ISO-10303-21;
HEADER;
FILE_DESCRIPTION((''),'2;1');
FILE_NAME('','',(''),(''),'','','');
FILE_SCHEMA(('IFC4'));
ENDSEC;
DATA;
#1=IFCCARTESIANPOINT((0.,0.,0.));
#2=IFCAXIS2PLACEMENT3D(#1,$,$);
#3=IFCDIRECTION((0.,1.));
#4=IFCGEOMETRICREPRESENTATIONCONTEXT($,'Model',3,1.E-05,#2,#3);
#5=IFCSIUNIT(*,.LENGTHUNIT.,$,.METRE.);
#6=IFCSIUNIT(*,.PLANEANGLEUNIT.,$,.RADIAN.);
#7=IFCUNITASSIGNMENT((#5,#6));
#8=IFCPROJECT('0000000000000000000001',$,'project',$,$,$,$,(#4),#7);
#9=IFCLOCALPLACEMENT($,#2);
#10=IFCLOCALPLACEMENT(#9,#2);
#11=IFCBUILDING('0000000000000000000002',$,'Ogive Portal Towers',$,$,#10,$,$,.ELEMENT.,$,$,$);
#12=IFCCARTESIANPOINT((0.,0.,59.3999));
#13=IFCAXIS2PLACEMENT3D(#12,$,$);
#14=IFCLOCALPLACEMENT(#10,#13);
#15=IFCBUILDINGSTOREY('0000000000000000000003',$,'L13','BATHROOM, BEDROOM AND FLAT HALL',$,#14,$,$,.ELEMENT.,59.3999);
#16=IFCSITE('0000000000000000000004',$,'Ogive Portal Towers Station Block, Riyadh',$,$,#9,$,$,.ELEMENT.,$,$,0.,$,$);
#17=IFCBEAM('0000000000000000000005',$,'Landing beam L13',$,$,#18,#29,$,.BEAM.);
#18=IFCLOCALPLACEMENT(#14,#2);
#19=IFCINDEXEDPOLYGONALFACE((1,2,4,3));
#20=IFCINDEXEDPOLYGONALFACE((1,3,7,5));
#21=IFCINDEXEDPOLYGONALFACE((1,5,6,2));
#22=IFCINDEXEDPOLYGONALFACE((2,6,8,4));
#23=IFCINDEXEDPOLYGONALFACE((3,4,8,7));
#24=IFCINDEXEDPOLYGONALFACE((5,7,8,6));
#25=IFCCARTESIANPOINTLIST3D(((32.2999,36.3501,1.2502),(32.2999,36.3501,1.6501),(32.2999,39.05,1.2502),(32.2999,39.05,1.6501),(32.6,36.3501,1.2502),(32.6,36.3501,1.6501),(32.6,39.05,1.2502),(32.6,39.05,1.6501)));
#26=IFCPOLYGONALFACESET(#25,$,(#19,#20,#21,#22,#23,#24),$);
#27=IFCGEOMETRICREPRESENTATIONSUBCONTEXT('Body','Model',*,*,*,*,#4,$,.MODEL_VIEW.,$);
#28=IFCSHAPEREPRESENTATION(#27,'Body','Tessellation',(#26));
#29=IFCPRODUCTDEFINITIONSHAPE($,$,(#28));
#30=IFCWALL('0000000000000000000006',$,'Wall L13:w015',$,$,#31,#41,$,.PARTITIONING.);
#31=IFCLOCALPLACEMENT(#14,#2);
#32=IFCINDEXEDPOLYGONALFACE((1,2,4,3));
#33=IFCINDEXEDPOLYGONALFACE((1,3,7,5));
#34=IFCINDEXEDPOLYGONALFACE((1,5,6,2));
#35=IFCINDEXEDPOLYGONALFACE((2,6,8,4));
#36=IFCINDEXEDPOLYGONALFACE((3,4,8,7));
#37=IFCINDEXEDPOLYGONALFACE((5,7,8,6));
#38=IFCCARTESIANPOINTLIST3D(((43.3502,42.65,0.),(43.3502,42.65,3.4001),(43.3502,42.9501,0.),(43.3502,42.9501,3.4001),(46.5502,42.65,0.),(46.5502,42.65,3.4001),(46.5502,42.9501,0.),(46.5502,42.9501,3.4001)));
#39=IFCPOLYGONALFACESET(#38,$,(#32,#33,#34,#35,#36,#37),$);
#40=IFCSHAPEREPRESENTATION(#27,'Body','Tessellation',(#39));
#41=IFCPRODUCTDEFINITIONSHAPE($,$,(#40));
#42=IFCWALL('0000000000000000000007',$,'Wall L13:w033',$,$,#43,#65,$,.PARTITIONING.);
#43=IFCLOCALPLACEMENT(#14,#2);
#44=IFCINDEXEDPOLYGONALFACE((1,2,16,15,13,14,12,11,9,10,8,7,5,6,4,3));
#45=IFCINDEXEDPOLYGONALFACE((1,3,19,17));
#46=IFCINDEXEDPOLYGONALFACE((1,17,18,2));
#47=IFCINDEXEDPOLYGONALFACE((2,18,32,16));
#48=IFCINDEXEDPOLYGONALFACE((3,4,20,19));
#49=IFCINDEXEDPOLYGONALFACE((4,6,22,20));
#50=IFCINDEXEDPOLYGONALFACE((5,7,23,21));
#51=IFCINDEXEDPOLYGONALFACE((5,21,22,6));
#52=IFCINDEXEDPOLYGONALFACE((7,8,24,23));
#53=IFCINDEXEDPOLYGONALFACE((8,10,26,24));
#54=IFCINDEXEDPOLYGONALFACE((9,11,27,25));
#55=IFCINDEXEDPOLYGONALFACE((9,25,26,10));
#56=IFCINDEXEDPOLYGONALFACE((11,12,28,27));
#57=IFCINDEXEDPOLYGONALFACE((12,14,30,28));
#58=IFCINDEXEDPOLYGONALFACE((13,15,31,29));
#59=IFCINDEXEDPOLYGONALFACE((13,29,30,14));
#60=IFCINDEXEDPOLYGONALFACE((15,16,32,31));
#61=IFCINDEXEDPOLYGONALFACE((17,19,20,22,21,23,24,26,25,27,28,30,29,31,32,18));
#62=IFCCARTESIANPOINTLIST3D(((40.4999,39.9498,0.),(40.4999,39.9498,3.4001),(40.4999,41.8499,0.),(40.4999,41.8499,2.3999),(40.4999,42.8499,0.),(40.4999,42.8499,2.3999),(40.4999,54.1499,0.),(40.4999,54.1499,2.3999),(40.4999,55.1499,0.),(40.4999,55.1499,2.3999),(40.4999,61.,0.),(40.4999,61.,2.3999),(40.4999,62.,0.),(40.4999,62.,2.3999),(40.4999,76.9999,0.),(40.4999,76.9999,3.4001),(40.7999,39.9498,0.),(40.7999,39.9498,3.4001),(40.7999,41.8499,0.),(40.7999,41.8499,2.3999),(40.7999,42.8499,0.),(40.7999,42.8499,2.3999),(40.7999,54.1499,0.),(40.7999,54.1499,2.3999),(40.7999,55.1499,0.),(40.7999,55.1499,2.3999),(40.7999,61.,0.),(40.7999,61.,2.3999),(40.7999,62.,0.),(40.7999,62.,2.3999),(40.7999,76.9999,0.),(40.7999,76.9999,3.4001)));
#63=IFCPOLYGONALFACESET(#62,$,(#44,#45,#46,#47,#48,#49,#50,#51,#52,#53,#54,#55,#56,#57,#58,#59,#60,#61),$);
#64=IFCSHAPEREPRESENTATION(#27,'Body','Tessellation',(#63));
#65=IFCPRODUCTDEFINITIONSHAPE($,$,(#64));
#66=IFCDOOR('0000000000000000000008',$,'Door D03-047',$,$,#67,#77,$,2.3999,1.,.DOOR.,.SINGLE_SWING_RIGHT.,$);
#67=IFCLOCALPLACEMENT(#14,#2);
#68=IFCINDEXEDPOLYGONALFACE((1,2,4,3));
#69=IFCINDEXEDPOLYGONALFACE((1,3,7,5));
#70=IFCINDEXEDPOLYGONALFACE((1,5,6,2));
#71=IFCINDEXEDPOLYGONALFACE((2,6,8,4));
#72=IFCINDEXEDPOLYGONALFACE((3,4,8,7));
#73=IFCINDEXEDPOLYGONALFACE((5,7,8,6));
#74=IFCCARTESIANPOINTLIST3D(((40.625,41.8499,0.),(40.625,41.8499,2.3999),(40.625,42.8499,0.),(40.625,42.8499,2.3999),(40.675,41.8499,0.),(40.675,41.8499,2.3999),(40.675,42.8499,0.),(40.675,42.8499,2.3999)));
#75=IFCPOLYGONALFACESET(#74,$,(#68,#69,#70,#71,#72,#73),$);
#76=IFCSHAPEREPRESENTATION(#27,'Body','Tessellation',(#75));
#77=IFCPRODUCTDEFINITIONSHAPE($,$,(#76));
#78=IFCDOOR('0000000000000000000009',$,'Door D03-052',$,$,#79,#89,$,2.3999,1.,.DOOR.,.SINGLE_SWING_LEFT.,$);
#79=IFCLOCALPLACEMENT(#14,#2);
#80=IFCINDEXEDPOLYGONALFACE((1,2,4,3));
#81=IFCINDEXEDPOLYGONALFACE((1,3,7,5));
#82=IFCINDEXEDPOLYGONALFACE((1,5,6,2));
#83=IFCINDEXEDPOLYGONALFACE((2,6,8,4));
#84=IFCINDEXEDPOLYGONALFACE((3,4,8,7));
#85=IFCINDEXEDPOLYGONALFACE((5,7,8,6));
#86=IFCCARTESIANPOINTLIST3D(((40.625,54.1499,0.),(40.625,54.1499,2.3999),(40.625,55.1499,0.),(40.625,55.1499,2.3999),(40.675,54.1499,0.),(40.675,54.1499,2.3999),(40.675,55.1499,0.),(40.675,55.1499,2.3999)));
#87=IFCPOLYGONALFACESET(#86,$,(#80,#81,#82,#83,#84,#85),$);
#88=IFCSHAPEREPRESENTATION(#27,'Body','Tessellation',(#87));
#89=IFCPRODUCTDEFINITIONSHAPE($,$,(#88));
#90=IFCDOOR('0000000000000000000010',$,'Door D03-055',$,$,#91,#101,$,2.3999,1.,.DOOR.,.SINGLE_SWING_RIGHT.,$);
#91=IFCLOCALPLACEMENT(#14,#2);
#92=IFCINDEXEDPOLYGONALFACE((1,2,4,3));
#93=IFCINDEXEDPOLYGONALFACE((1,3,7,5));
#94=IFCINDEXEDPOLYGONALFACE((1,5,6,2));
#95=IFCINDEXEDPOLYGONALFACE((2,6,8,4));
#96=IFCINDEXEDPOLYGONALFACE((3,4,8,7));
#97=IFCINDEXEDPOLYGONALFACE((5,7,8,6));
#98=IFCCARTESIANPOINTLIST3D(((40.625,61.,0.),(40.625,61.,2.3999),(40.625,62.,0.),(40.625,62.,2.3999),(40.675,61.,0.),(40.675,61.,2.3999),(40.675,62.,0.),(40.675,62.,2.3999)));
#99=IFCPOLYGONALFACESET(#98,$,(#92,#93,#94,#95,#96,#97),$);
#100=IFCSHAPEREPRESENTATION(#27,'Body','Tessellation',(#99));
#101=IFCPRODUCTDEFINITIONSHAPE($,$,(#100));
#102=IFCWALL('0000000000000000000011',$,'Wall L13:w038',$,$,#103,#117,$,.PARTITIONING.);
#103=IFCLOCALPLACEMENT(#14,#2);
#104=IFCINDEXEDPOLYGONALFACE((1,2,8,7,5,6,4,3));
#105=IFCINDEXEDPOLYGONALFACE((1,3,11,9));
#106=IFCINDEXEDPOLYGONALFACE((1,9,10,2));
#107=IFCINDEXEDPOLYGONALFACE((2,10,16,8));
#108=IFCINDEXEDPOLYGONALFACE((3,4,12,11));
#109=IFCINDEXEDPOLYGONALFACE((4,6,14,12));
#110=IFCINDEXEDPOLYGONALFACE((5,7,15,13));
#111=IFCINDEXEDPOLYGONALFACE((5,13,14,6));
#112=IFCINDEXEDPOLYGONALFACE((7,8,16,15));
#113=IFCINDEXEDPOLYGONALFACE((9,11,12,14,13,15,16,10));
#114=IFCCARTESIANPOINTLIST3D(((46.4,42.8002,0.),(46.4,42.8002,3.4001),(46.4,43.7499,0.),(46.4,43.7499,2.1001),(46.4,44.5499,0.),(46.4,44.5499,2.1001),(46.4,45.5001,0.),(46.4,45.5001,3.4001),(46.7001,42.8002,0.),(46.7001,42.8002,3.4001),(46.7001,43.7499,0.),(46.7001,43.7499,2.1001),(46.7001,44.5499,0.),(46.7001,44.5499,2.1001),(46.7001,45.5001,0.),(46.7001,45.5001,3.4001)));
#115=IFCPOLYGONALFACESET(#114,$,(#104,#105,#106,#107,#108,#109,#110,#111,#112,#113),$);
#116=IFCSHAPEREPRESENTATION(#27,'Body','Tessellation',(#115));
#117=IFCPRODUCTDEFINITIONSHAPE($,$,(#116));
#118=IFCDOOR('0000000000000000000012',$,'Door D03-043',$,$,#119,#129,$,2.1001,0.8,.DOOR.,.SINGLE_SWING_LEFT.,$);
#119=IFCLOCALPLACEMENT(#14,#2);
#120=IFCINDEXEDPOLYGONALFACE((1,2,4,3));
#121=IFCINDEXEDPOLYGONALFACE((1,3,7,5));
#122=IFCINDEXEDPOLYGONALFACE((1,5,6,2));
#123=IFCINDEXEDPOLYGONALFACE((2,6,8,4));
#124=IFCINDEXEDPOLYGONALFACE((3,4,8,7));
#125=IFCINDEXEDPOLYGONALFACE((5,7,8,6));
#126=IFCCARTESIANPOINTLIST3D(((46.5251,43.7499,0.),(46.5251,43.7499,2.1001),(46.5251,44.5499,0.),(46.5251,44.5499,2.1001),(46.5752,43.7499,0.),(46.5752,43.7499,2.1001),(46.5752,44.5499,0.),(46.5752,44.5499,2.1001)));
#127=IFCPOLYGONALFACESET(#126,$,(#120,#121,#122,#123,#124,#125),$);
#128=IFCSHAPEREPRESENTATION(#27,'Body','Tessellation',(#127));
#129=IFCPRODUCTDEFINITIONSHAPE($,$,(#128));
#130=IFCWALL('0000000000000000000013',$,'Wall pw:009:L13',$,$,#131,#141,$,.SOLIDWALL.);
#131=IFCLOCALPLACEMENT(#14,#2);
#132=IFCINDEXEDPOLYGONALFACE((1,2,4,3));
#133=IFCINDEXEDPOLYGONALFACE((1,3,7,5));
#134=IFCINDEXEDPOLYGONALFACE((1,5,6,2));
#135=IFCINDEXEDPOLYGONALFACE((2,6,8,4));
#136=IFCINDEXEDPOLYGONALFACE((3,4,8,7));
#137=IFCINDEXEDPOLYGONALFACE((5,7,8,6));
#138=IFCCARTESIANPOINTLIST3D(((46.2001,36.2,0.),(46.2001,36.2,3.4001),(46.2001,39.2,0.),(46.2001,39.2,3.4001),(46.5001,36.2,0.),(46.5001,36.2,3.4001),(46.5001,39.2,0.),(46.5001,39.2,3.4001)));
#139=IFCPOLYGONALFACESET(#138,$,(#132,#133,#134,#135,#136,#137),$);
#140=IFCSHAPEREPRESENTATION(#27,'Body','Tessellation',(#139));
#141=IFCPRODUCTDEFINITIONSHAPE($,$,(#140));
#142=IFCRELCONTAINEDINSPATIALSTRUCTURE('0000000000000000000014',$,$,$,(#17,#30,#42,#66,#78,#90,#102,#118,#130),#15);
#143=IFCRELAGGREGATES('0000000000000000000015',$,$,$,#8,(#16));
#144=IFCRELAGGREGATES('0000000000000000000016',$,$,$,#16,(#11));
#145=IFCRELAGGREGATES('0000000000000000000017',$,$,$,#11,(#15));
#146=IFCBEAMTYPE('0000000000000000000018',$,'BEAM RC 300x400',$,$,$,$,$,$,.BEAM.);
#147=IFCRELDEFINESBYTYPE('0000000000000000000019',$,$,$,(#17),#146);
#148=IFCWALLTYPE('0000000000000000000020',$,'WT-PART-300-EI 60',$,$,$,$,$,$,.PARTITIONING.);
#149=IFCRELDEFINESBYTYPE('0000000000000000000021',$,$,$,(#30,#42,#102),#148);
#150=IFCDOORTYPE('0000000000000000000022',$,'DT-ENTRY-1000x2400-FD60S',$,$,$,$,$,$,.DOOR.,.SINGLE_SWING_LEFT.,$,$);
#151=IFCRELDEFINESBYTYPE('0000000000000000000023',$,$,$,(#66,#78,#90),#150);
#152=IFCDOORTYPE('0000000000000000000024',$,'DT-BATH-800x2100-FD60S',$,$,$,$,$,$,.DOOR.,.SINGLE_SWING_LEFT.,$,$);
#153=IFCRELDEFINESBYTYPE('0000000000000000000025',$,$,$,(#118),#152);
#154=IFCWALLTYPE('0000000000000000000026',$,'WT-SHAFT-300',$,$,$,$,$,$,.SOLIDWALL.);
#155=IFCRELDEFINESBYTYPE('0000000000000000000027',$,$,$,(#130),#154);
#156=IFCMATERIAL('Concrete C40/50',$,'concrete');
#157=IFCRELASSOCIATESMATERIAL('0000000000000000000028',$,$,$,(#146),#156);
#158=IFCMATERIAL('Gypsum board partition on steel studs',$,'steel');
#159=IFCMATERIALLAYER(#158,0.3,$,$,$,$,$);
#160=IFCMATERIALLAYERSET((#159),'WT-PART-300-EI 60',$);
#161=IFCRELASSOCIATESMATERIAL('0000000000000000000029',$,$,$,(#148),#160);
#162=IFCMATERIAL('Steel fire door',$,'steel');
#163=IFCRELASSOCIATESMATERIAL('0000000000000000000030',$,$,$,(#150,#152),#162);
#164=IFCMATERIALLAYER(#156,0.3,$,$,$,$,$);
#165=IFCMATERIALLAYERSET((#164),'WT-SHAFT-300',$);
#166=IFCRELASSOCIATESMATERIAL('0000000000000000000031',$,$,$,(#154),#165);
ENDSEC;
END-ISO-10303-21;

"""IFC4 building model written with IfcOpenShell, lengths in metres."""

from ifc_helpers import new_model, si_unit, direction, frame, frame_2d, origin, origin_2d, place, context, subcontext, project, spatial, rectangle, extrude, material, layer, layer_set, material_profile, profile_set, type_object, element, fill, save


model = new_model("IFC4")

# Units and contexts
model_context = context("Model", 3, precision=1e-05, world=origin(), true_north=direction((0.0, 1.0)))
body_context = subcontext(model_context, "Body", "Model", "MODEL_VIEW")
ifc_project = project(units=[si_unit("LENGTHUNIT", "METRE"), si_unit("PLANEANGLEUNIT", "RADIAN")], contexts=[model_context])

# Site, building, storey
site_placement = place(None, origin())
site = spatial("IfcSite", under=ifc_project, at=site_placement, Name="Ogive Portal Towers Station Block, Riyadh", CompositionType="ELEMENT", RefElevation=0.0)
building_placement = place(site_placement, origin())
building = spatial("IfcBuilding", under=site, at=building_placement, Name="Ogive Portal Towers", CompositionType="ELEMENT")
storey_placement = place(building_placement, frame((0.0, 0.0, 59.3999)))
storey = spatial("IfcBuildingStorey", under=building, at=storey_placement, Name="L13", Description="BATHROOM, BEDROOM AND FLAT HALL", CompositionType="ELEMENT", Elevation=59.3999)

# Beam
ifc_material_1 = material(Name="Concrete C40/50", Category="concrete")
ifc_material_profile = material_profile(ifc_material_1, rectangle(XDim=0.3, YDim=0.3999, at=origin_2d()), Name="RC 300x400")
ifc_profile_set = profile_set([ifc_material_profile], Name="Concrete C40/50")
beam_type = type_object("IfcBeamType", Name="BEAM RC 300x400", PredefinedType="BEAM", material=ifc_profile_set)
beam_placement = place(storey_placement, frame((32.45, 36.3501, 1.4502), z_axis=(0.0, 1.0, 0.0), x_axis=(-1.0, 0.0, 0.0)))
element("IfcBeam", 1, at=beam_placement, inside=storey, type_object=beam_type, Name="Landing beam L13", PredefinedType="BEAM", context=body_context, shape_type="SweptSolid", body=[
    extrude(rectangle(XDim=0.3, YDim=0.3999, at=origin_2d()), origin(), (0.0, 0.0, 1.0), 2.7),
])

# Shared definitions
ifc_material_2 = material(Name="Steel fire door", Category="steel")

# Wall
ifc_material_3 = material(Name="Gypsum board partition on steel studs", Category="steel")
ifc_layer_1 = layer(ifc_material_3, 0.3)
ifc_layer_set_1 = layer_set([ifc_layer_1], Name="WT-PART-300-EI 60")
wall_type_1 = type_object("IfcWallType", Name="WT-PART-300-EI 60", PredefinedType="PARTITIONING", material=ifc_layer_set_1)
wall_1_placement = place(storey_placement, frame((43.3501, 42.8, 0.0), z_axis=(0.0, 0.0, 1.0), x_axis=(1.0, 0.0, 0.0)))
element("IfcWall", 2, at=wall_1_placement, inside=storey, type_object=wall_type_1, Name="Wall L13:w015", PredefinedType="PARTITIONING", context=body_context, shape_type="SweptSolid", body=[
    extrude(rectangle(XDim=3.2, YDim=0.3, at=frame_2d((1.6001, 0.0))), origin(), (0.0, 0.0, 1.0), 3.4001),
])

# Wall, openings, doors
wall_2_placement = place(storey_placement, frame((40.6499, 39.95, 0.0), z_axis=(0.0, 0.0, 1.0), x_axis=(0.0, 1.0, 0.0)))
wall_2 = element("IfcWall", 3, at=wall_2_placement, inside=storey, type_object=wall_type_1, Name="Wall L13:w033", PredefinedType="PARTITIONING", context=body_context, shape_type="SweptSolid", body=[
    extrude(rectangle(XDim=37.05, YDim=0.3, at=frame_2d((18.5249, 0.0))), origin(), (0.0, 0.0, 1.0), 3.4001),
])
opening_1_placement = place(wall_2_placement, frame((1.8999, 0.0, 0.0)))
opening_1 = element("IfcOpeningElement", 4, at=opening_1_placement, cuts=wall_2, PredefinedType="OPENING", context=body_context, shape_type="SweptSolid", body=[
    extrude(rectangle(XDim=1.0, YDim=2.3999, at=frame_2d((0.5, 1.2))), frame((0.0, 0.1602, 0.0), z_axis=(0.0, -1.0, 0.0), x_axis=(1.0, 0.0, 0.0)), (0.0, 0.0, 1.0), 0.3201),
])
opening_2_placement = place(wall_2_placement, frame((14.2, 0.0, 0.0)))
opening_2 = element("IfcOpeningElement", 5, at=opening_2_placement, cuts=wall_2, PredefinedType="OPENING", context=body_context, shape_type="SweptSolid", body=[
    extrude(rectangle(XDim=1.0, YDim=2.3999, at=frame_2d((0.5, 1.2))), frame((0.0, 0.1602, 0.0), z_axis=(0.0, -1.0, 0.0), x_axis=(1.0, 0.0, 0.0)), (0.0, 0.0, 1.0), 0.3201),
])
opening_3_placement = place(wall_2_placement, frame((21.05, 0.0, 0.0)))
opening_3 = element("IfcOpeningElement", 6, at=opening_3_placement, cuts=wall_2, PredefinedType="OPENING", context=body_context, shape_type="SweptSolid", body=[
    extrude(rectangle(XDim=1.0, YDim=2.3999, at=frame_2d((0.5, 1.2))), frame((0.0, 0.1602, 0.0), z_axis=(0.0, -1.0, 0.0), x_axis=(1.0, 0.0, 0.0)), (0.0, 0.0, 1.0), 0.3201),
])
door_type_1 = type_object("IfcDoorType", Name="DT-ENTRY-1000x2400-FD60S", OperationType="SINGLE_SWING_LEFT", PredefinedType="DOOR", material=ifc_material_2)
door_1_placement = place(opening_1_placement, origin())
door_1 = element("IfcDoor", 7, at=door_1_placement, inside=storey, type_object=door_type_1, Name="Door D03-047", OperationType="SINGLE_SWING_RIGHT", OverallHeight=2.3999, OverallWidth=1.0, PredefinedType="DOOR", context=body_context, shape_type="SweptSolid", body=[
    extrude(rectangle(XDim=1.0, YDim=2.3999, at=frame_2d((0.5, 1.2))), frame((0.0, 0.0249, 0.0), z_axis=(0.0, -1.0, 0.0), x_axis=(1.0, 0.0, 0.0)), (0.0, 0.0, 1.0), 0.05),
])
fill(opening_1, door_1)
door_2_placement = place(opening_2_placement, origin())
door_2 = element("IfcDoor", 8, at=door_2_placement, inside=storey, type_object=door_type_1, Name="Door D03-052", OperationType="SINGLE_SWING_LEFT", OverallHeight=2.3999, OverallWidth=1.0, PredefinedType="DOOR", context=body_context, shape_type="SweptSolid", body=[
    extrude(rectangle(XDim=1.0, YDim=2.3999, at=frame_2d((0.5, 1.2))), frame((0.0, 0.0249, 0.0), z_axis=(0.0, -1.0, 0.0), x_axis=(1.0, 0.0, 0.0)), (0.0, 0.0, 1.0), 0.05),
])
fill(opening_2, door_2)
door_3_placement = place(opening_3_placement, origin())
door_3 = element("IfcDoor", 9, at=door_3_placement, inside=storey, type_object=door_type_1, Name="Door D03-055", OperationType="SINGLE_SWING_RIGHT", OverallHeight=2.3999, OverallWidth=1.0, PredefinedType="DOOR", context=body_context, shape_type="SweptSolid", body=[
    extrude(rectangle(XDim=1.0, YDim=2.3999, at=frame_2d((0.5, 1.2))), frame((0.0, 0.0249, 0.0), z_axis=(0.0, -1.0, 0.0), x_axis=(1.0, 0.0, 0.0)), (0.0, 0.0, 1.0), 0.05),
])
fill(opening_3, door_3)

# Wall, opening, door
wall_3_placement = place(storey_placement, frame((46.55, 42.8, 0.0), z_axis=(0.0, 0.0, 1.0), x_axis=(0.0, 1.0, 0.0)))
wall_3 = element("IfcWall", 10, at=wall_3_placement, inside=storey, type_object=wall_type_1, Name="Wall L13:w038", PredefinedType="PARTITIONING", context=body_context, shape_type="SweptSolid", body=[
    extrude(rectangle(XDim=2.7, YDim=0.3, at=frame_2d((1.3501, 0.0))), origin(), (0.0, 0.0, 1.0), 3.4001),
])
opening_4_placement = place(wall_3_placement, frame((0.95, 0.0, 0.0)))
opening_4 = element("IfcOpeningElement", 11, at=opening_4_placement, cuts=wall_3, PredefinedType="OPENING", context=body_context, shape_type="SweptSolid", body=[
    extrude(rectangle(XDim=0.8, YDim=2.1001, at=frame_2d((0.3999, 1.05))), frame((0.0, 0.1602, 0.0), z_axis=(0.0, -1.0, 0.0), x_axis=(1.0, 0.0, 0.0)), (0.0, 0.0, 1.0), 0.3201),
])
door_type_2 = type_object("IfcDoorType", Name="DT-BATH-800x2100-FD60S", OperationType="SINGLE_SWING_LEFT", PredefinedType="DOOR", material=ifc_material_2)
door_4_placement = place(opening_4_placement, origin())
door_4 = element("IfcDoor", 12, at=door_4_placement, inside=storey, type_object=door_type_2, Name="Door D03-043", OperationType="SINGLE_SWING_LEFT", OverallHeight=2.1001, OverallWidth=0.8, PredefinedType="DOOR", context=body_context, shape_type="SweptSolid", body=[
    extrude(rectangle(XDim=0.8, YDim=2.1001, at=frame_2d((0.3999, 1.05))), frame((0.0, 0.0249, 0.0), z_axis=(0.0, -1.0, 0.0), x_axis=(1.0, 0.0, 0.0)), (0.0, 0.0, 1.0), 0.05),
])
fill(opening_4, door_4)

# Wall
ifc_layer_2 = layer(ifc_material_1, 0.3)
ifc_layer_set_2 = layer_set([ifc_layer_2], Name="WT-SHAFT-300")
wall_type_2 = type_object("IfcWallType", Name="WT-SHAFT-300", PredefinedType="SOLIDWALL", material=ifc_layer_set_2)
wall_4_placement = place(storey_placement, frame((46.3501, 36.2, 0.0), z_axis=(0.0, 0.0, 1.0), x_axis=(0.0, 1.0, 0.0)))
element("IfcWall", 13, at=wall_4_placement, inside=storey, type_object=wall_type_2, Name="Wall pw:009:L13", PredefinedType="SOLIDWALL", context=body_context, shape_type="SweptSolid", body=[
    extrude(rectangle(XDim=3.0, YDim=0.3, at=frame_2d((1.5, 0.0))), origin(), (0.0, 0.0, 1.0), 3.4001),
])

save(model, "model.ifc")
